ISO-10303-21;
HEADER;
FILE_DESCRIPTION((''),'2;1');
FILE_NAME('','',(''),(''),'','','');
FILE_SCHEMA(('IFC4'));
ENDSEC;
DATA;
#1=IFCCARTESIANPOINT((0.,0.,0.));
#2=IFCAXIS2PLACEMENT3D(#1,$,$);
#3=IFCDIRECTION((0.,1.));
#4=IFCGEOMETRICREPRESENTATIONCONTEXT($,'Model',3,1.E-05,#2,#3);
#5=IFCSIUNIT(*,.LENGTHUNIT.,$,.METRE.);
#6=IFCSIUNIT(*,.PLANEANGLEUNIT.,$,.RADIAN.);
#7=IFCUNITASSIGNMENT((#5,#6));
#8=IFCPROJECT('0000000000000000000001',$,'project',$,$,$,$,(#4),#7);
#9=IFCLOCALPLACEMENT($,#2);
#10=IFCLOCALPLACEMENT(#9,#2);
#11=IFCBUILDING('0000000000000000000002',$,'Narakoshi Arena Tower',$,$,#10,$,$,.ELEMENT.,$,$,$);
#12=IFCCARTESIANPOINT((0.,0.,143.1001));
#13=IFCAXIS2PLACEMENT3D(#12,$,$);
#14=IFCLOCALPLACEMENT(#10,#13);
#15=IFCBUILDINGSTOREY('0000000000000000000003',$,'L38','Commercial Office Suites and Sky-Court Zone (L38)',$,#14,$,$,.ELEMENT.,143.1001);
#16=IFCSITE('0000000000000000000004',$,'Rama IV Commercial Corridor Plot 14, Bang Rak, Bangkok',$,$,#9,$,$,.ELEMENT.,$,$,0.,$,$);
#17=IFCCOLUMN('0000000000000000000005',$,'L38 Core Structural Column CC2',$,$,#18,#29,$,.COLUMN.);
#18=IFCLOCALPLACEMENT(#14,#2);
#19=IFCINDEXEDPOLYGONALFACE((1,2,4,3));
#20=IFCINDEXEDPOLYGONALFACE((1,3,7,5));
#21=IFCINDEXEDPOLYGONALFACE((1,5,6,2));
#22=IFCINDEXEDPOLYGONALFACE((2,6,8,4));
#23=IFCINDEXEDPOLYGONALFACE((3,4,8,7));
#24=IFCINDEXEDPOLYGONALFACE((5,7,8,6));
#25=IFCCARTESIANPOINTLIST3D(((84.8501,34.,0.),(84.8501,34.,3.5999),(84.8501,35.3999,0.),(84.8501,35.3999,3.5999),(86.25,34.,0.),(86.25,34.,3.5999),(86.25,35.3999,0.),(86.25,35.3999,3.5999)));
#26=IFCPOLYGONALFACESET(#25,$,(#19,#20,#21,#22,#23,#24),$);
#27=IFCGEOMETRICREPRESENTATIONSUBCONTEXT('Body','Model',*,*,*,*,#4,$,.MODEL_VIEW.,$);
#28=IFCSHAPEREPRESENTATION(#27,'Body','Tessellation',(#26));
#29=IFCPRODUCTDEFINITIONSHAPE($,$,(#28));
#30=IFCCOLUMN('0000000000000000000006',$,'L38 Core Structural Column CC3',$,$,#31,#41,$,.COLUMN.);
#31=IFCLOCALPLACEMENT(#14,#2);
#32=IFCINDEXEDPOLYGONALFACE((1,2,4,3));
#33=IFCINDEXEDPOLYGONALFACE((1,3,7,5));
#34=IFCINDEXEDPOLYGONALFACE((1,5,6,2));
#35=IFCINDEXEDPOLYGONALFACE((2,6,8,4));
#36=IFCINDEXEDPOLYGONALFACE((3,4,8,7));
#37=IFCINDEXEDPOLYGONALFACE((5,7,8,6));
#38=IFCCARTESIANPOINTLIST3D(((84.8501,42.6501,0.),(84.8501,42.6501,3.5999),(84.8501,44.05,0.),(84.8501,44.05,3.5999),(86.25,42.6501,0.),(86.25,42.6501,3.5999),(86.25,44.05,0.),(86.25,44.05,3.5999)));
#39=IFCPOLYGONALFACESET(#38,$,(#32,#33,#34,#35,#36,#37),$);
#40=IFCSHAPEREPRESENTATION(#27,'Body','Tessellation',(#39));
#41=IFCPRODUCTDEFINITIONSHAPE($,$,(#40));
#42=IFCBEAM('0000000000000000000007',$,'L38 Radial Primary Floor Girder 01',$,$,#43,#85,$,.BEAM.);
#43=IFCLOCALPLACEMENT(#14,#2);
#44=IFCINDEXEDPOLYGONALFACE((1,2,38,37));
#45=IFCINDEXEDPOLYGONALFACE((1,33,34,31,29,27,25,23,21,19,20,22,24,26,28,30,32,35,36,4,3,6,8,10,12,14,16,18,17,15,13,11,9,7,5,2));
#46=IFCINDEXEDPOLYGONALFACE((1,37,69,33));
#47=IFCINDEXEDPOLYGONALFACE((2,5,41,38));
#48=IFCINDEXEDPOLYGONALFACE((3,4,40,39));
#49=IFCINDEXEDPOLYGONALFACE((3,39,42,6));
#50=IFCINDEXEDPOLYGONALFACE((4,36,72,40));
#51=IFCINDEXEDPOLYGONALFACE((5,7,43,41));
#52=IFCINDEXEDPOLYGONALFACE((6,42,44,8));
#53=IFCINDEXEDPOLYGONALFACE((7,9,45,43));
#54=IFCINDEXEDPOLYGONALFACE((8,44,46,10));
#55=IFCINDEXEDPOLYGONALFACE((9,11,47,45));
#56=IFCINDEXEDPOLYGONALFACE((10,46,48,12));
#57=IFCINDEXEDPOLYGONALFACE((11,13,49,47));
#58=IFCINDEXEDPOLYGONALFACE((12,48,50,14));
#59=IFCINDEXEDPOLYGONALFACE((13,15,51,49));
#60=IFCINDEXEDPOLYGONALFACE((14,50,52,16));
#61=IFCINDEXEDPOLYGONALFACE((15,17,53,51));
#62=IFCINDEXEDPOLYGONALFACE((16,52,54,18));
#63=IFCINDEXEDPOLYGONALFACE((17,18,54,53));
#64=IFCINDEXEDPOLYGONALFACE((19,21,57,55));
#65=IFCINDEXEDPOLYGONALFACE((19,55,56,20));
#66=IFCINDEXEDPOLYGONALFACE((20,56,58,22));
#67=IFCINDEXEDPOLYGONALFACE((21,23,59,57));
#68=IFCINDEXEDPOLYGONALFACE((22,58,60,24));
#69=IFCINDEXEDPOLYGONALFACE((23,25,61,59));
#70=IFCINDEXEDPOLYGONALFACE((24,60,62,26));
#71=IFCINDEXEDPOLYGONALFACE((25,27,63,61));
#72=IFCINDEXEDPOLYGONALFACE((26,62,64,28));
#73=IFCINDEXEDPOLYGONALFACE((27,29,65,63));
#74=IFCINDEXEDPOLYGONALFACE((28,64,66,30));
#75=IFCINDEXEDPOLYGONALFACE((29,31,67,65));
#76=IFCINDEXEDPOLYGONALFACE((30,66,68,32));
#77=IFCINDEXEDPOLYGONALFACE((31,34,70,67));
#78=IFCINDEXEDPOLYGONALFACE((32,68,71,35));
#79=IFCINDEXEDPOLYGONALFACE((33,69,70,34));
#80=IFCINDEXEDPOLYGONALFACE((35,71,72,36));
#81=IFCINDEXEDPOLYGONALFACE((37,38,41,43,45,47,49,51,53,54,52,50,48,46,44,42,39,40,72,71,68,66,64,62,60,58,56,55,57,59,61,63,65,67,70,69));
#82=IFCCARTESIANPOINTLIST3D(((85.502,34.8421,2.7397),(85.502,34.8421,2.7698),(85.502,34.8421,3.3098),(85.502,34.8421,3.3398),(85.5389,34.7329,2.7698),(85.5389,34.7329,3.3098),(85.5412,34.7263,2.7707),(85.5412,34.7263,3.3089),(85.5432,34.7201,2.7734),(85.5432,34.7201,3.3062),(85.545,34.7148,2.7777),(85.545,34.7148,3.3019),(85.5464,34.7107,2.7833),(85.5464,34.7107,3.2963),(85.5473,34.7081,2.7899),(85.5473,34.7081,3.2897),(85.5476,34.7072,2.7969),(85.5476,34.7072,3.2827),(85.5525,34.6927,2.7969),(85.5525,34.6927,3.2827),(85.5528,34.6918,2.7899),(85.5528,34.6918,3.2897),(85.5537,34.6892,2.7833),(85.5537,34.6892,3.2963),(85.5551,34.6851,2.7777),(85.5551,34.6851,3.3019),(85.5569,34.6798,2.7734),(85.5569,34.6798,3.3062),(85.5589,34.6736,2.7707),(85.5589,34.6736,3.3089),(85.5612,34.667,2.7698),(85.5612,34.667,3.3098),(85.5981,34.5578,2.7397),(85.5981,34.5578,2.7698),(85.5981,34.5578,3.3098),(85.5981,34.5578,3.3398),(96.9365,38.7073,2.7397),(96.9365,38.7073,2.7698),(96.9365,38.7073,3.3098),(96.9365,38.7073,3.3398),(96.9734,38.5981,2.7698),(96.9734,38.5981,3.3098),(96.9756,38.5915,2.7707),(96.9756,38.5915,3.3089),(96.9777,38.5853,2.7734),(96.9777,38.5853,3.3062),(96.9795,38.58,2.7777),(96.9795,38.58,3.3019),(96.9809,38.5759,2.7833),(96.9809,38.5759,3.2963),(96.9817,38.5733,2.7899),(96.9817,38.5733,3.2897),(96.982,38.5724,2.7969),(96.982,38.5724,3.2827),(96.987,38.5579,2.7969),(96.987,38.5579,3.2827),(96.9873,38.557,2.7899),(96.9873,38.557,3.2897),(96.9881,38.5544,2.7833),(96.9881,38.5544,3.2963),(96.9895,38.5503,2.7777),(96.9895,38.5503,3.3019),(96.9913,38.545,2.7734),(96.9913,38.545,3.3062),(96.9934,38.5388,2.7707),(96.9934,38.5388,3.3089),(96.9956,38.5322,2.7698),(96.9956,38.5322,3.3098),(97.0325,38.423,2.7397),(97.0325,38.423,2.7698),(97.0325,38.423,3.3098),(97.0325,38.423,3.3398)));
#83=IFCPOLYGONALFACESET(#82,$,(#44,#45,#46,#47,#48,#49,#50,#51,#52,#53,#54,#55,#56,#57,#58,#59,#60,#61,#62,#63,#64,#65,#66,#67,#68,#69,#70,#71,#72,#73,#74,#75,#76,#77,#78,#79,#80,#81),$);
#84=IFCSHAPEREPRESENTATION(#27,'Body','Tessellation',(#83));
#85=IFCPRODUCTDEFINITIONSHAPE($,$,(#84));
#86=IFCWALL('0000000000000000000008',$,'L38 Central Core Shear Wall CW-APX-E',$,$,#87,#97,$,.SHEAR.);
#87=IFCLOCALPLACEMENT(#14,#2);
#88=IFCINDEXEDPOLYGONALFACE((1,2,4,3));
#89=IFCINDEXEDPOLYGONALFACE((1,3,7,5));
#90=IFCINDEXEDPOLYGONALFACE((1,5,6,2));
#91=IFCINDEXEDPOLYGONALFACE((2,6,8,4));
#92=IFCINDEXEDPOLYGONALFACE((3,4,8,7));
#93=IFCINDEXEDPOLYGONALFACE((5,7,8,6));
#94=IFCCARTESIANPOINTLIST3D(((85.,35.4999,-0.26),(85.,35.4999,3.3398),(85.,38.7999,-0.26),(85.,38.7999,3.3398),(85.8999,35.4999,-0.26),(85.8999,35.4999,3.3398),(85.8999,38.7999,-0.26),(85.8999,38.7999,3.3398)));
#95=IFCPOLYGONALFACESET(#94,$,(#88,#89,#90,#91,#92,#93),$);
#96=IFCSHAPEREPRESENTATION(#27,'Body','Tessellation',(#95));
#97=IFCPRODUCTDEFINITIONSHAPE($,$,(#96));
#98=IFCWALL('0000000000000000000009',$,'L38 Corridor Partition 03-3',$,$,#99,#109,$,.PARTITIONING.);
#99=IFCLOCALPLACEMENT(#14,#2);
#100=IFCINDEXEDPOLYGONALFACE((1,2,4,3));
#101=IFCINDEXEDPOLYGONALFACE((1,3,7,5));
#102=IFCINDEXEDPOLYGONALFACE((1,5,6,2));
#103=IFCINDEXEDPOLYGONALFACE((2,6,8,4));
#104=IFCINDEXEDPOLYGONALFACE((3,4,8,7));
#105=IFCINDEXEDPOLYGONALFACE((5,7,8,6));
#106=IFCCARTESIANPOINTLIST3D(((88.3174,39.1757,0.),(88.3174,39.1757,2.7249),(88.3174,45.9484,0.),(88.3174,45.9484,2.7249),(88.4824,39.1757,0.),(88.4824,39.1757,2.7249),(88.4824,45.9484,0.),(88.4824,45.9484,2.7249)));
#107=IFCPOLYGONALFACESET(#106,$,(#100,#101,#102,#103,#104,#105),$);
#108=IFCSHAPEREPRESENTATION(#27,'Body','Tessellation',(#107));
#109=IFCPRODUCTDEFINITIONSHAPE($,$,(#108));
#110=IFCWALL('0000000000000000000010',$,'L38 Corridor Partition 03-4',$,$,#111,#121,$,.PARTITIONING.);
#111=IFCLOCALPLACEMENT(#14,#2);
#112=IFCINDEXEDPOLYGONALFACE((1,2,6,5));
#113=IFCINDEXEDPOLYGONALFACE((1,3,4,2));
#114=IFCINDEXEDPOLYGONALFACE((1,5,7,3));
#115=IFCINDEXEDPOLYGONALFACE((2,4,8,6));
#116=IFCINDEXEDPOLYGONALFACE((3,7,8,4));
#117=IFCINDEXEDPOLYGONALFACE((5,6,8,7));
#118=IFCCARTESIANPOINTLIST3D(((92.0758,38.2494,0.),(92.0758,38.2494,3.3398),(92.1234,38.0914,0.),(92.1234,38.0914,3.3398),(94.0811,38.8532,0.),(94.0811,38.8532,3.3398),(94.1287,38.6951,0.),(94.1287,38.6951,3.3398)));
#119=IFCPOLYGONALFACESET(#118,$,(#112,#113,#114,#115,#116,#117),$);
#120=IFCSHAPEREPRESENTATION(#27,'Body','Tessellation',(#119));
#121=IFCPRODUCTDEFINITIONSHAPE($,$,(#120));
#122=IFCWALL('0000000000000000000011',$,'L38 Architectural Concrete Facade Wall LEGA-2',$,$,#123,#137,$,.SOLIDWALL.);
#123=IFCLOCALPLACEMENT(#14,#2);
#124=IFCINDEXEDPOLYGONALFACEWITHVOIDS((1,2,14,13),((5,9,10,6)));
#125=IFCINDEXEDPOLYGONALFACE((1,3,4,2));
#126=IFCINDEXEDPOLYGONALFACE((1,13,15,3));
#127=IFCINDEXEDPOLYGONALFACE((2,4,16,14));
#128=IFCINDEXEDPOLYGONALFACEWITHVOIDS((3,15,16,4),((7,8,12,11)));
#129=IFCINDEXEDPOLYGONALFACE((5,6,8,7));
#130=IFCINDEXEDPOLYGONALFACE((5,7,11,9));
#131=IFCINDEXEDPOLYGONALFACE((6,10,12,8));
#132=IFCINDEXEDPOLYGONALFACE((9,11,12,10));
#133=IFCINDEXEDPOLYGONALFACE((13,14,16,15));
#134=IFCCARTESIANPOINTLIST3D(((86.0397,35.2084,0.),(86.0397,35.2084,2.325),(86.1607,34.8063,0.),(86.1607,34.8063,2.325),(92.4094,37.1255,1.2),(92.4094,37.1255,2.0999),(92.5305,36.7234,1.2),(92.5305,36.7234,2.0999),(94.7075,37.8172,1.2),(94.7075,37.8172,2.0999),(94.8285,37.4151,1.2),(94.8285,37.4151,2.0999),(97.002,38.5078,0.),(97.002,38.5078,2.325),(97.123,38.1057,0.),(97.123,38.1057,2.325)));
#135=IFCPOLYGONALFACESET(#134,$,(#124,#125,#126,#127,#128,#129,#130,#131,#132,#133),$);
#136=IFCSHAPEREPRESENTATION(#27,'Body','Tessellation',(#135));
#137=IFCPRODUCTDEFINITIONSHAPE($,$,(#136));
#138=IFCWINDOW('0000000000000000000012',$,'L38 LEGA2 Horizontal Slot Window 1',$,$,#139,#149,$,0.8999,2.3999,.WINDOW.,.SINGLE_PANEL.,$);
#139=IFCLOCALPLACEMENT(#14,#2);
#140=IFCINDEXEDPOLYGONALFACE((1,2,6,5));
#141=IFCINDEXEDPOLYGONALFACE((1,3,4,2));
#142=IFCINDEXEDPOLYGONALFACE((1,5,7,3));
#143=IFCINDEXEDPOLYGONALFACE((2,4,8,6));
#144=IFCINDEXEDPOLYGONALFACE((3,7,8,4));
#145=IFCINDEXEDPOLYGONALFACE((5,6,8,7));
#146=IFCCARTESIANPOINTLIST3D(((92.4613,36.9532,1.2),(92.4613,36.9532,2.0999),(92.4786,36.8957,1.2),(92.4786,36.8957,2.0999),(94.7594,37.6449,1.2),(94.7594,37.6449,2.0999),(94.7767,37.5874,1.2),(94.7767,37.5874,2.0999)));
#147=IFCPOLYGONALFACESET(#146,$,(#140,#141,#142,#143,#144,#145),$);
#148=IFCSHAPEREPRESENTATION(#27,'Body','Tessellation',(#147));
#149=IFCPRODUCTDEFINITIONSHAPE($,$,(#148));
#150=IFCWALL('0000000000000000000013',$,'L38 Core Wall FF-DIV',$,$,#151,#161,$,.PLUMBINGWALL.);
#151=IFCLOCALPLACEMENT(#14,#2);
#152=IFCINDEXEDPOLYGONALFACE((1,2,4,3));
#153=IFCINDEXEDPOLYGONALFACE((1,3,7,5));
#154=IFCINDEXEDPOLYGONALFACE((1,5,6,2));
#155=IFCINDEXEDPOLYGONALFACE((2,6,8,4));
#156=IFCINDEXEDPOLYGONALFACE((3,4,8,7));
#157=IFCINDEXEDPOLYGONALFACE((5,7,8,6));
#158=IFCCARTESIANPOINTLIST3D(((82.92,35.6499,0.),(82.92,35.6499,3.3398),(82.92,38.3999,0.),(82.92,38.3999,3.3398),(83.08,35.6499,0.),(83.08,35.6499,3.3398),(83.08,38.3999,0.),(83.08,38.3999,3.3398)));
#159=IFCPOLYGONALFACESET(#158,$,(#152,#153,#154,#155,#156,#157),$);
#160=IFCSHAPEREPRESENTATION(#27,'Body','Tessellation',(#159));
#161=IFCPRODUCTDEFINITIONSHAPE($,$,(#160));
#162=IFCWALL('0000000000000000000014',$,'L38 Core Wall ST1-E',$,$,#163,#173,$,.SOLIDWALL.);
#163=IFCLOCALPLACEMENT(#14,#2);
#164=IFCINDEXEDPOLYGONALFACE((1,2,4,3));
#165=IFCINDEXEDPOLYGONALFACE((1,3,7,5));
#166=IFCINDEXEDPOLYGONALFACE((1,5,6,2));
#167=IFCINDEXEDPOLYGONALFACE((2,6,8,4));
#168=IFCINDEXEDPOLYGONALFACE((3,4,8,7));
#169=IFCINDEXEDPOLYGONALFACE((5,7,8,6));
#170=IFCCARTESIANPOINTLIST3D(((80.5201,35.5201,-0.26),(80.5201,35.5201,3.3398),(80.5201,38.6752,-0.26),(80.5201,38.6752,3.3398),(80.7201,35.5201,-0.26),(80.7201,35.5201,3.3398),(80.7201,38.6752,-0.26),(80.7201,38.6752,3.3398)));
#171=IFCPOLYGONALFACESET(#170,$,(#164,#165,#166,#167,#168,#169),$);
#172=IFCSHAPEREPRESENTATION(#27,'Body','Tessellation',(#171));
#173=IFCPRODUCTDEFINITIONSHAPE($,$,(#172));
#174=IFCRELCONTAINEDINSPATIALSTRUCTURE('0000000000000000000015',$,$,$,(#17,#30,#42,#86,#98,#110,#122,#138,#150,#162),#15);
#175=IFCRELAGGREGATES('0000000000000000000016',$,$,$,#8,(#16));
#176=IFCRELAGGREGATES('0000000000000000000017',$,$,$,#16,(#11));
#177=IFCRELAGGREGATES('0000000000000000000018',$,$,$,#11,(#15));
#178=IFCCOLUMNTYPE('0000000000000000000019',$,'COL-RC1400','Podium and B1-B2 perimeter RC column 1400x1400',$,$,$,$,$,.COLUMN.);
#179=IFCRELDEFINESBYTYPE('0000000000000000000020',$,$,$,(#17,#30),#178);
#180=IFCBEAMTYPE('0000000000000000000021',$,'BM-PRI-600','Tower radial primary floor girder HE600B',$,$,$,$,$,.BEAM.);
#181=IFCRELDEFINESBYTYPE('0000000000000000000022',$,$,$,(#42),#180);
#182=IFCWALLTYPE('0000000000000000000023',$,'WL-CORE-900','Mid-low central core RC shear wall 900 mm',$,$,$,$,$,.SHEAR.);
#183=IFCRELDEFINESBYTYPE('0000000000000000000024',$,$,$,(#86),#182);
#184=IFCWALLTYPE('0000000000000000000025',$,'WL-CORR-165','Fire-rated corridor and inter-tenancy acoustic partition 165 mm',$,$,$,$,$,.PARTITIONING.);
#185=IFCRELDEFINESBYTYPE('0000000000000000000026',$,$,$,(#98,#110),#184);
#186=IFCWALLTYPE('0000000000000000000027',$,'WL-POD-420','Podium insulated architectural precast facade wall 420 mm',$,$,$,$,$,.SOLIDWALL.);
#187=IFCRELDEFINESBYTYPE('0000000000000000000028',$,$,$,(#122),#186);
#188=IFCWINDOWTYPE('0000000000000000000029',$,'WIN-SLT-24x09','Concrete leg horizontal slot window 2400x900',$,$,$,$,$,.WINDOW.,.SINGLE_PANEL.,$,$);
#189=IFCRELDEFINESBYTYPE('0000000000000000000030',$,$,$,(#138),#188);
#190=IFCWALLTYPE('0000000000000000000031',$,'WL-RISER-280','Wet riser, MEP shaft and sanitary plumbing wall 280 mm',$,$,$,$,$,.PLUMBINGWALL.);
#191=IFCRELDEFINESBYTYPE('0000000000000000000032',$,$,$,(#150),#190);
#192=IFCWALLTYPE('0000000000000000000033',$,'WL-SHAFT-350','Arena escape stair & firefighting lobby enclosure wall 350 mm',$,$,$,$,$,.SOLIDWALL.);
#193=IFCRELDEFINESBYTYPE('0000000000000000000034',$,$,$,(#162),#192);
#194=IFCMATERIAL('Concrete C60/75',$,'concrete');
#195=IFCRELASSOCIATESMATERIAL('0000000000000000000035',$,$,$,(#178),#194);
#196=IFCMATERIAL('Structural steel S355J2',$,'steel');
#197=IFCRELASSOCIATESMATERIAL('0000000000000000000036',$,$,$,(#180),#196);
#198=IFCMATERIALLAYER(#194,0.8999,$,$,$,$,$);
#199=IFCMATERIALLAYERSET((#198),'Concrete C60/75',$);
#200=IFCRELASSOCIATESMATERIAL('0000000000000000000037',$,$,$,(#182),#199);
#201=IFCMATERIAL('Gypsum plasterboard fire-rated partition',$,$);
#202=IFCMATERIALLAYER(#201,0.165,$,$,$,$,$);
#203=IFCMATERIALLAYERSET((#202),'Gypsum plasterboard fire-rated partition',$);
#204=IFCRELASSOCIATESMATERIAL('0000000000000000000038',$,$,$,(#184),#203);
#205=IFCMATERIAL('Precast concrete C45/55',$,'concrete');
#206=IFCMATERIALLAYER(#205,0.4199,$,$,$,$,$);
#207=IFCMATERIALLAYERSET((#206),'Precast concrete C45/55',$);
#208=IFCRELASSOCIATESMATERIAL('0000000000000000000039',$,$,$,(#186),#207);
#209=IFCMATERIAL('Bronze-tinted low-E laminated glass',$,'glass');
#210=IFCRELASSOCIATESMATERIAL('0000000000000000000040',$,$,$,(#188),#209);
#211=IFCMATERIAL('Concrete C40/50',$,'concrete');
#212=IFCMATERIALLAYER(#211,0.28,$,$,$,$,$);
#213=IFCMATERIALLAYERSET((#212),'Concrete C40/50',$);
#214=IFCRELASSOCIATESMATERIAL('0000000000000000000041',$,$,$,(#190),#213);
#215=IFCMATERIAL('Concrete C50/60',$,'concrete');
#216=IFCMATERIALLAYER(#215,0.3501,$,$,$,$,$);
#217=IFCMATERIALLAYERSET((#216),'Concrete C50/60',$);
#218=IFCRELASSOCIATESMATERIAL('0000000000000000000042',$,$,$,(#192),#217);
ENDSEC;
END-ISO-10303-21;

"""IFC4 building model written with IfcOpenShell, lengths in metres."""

from ifc_helpers import new_model, si_unit, direction, frame, frame_2d, origin, origin_2d, place, context, subcontext, project, spatial, rectangle, i_section, extrude, material, layer, layer_set, material_profile, profile_set, type_object, element, fill, save


model = new_model("IFC4")

# Units and contexts
model_context = context("Model", 3, precision=1e-05, world=origin(), true_north=direction((0.0, 1.0)))
body_context = subcontext(model_context, "Body", "Model", "MODEL_VIEW")
ifc_project = project(units=[si_unit("LENGTHUNIT", "METRE"), si_unit("PLANEANGLEUNIT", "RADIAN")], contexts=[model_context])

# Site, building, storey
site_placement = place(None, origin())
site = spatial("IfcSite", under=ifc_project, at=site_placement, Name="Rama IV Commercial Corridor Plot 14, Bang Rak, Bangkok", CompositionType="ELEMENT", RefElevation=0.0)
building_placement = place(site_placement, origin())
building = spatial("IfcBuilding", under=site, at=building_placement, Name="Narakoshi Arena Tower", CompositionType="ELEMENT")
storey_placement = place(building_placement, frame((0.0, 0.0, 143.1001)))
storey = spatial("IfcBuildingStorey", under=building, at=storey_placement, Name="L38", Description="Commercial Office Suites and Sky-Court Zone (L38)", CompositionType="ELEMENT", Elevation=143.1001)

# Columns
ifc_material_1 = material(Name="Concrete C60/75", Category="concrete")
ifc_material_profile_1 = material_profile(ifc_material_1, rectangle(XDim=1.3999, YDim=1.3999, at=origin_2d()), Name="RC1400x1400")
ifc_profile_set_1 = profile_set([ifc_material_profile_1], Name="Concrete C60/75")
column_type = type_object("IfcColumnType", Name="COL-RC1400", Description="Podium and B1-B2 perimeter RC column 1400x1400", PredefinedType="COLUMN", material=ifc_profile_set_1)
for number, where, z_axis, x_axis, name in (
    (1, (85.55, 34.7, 0.0), (0.0, 0.0, 1.0), (1.0, 0.0, 0.0), "L38 Core Structural Column CC2"),
    (2, (85.55, 43.3501, 0.0), (0.0, 0.0, 1.0), (1.0, 0.0, 0.0), "L38 Core Structural Column CC3"),
):
    element("IfcColumn", number, at=place(storey_placement, frame(where, z_axis=z_axis, x_axis=x_axis)), inside=storey, type_object=column_type, Name=name, PredefinedType="COLUMN", context=body_context, shape_type="SweptSolid", body=[
        extrude(rectangle(XDim=1.3999, YDim=1.3999, at=origin_2d()), origin(), (0.0, 0.0, 1.0), 3.5999),
    ])

# Beam
ifc_material_2 = material(Name="Structural steel S355J2", Category="steel")
ifc_material_profile_2 = material_profile(ifc_material_2, i_section(OverallWidth=0.3, OverallDepth=0.6001, WebThickness=0.0154, FlangeThickness=0.03, FilletRadius=0.0271, at=origin_2d()), Name="HE600B")
ifc_profile_set_2 = profile_set([ifc_material_profile_2], Name="Structural steel S355J2")
beam_type = type_object("IfcBeamType", Name="BM-PRI-600", Description="Tower radial primary floor girder HE600B", PredefinedType="BEAM", material=ifc_profile_set_2)
beam_placement = place(storey_placement, frame((85.55, 34.7, 3.0398), z_axis=(0.94734, 0.32023, 0.0), x_axis=(-0.32023, 0.94734, 0.0)))
element("IfcBeam", 3, at=beam_placement, inside=storey, type_object=beam_type, Name="L38 Radial Primary Floor Girder 01", PredefinedType="BEAM", context=body_context, shape_type="SweptSolid", body=[
    extrude(i_section(OverallWidth=0.3, OverallDepth=0.6001, WebThickness=0.0154, FlangeThickness=0.03, FilletRadius=0.0271, at=origin_2d()), origin(), (0.0, 0.0, 1.0), 12.0701),
])

# Walls
ifc_layer_1 = layer(ifc_material_1, 0.8999)
ifc_layer_set_1 = layer_set([ifc_layer_1], Name="Concrete C60/75")
wall_type_1 = type_object("IfcWallType", Name="WL-CORE-900", Description="Mid-low central core RC shear wall 900 mm", PredefinedType="SHEAR", material=ifc_layer_set_1)
wall_1_placement = place(storey_placement, frame((85.45, 35.5, -0.26), z_axis=(0.0, 0.0, 1.0), x_axis=(0.0, 1.0, 0.0)))
element("IfcWall", 4, at=wall_1_placement, inside=storey, type_object=wall_type_1, Name="L38 Central Core Shear Wall CW-APX-E", PredefinedType="SHEAR", context=body_context, shape_type="SweptSolid", body=[
    extrude(rectangle(XDim=3.3, YDim=0.8999, at=frame_2d((1.6499, 0.0))), origin(), (0.0, 0.0, 1.0), 3.5999),
])
ifc_material_3 = material(Name="Gypsum plasterboard fire-rated partition")
ifc_layer_2 = layer(ifc_material_3, 0.165)
ifc_layer_set_2 = layer_set([ifc_layer_2], Name="Gypsum plasterboard fire-rated partition")
wall_type_2 = type_object("IfcWallType", Name="WL-CORR-165", Description="Fire-rated corridor and inter-tenancy acoustic partition 165 mm", PredefinedType="PARTITIONING", material=ifc_layer_set_2)
wall_2_placement = place(storey_placement, frame((88.3999, 39.1758, 0.0), z_axis=(0.0, 0.0, 1.0), x_axis=(0.0, 1.0, 0.0)))
element("IfcWall", 5, at=wall_2_placement, inside=storey, type_object=wall_type_2, Name="L38 Corridor Partition 03-3", PredefinedType="PARTITIONING", context=body_context, shape_type="SweptSolid", body=[
    extrude(rectangle(XDim=6.7727, YDim=0.165, at=frame_2d((3.3862, 0.0))), origin(), (0.0, 0.0, 1.0), 2.7249),
])
wall_3_placement = place(storey_placement, frame((92.0996, 38.1704, 0.0), z_axis=(0.0, 0.0, 1.0), x_axis=(0.957543, 0.288289, 0.0)))
element("IfcWall", 6, at=wall_3_placement, inside=storey, type_object=wall_type_2, Name="L38 Corridor Partition 03-4", PredefinedType="PARTITIONING", context=body_context, shape_type="SweptSolid", body=[
    extrude(rectangle(XDim=2.0942, YDim=0.165, at=frame_2d((1.0471, 0.0))), origin(), (0.0, 0.0, 1.0), 3.3398),
])

# Wall, opening, window
ifc_material_4 = material(Name="Precast concrete C45/55", Category="concrete")
ifc_layer_3 = layer(ifc_material_4, 0.4199)
ifc_layer_set_3 = layer_set([ifc_layer_3], Name="Precast concrete C45/55")
wall_type_3 = type_object("IfcWallType", Name="WL-POD-420", Description="Podium insulated architectural precast facade wall 420 mm", PredefinedType="SOLIDWALL", material=ifc_layer_set_3)
wall_4_placement = place(storey_placement, frame((86.1001, 35.0073, 0.0), z_axis=(0.0, 0.0, 1.0), x_axis=(0.957569, 0.288203, 0.0)))
wall_4 = element("IfcWall", 7, at=wall_4_placement, inside=storey, type_object=wall_type_3, Name="L38 Architectural Concrete Facade Wall LEGA-2", PredefinedType="SOLIDWALL", context=body_context, shape_type="SweptSolid", body=[
    extrude(rectangle(XDim=11.448, YDim=0.4199, at=frame_2d((5.7241, 0.0))), origin(), (0.0, 0.0, 1.0), 2.325),
])
opening_1_placement = place(wall_4_placement, frame((6.6521, 0.0, 1.2)))
opening_1 = element("IfcOpeningElement", 8, at=opening_1_placement, cuts=wall_4, PredefinedType="OPENING", context=body_context, shape_type="SweptSolid", body=[
    extrude(rectangle(XDim=2.3999, YDim=0.8999, at=frame_2d((1.2, 0.45))), frame((0.0, 0.22, 0.0), z_axis=(0.0, -1.0, 0.0), x_axis=(1.0, 0.0, 0.0)), (0.0, 0.0, 1.0), 0.4399),
])
ifc_material_5 = material(Name="Bronze-tinted low-E laminated glass", Category="glass")
window_type = type_object("IfcWindowType", Name="WIN-SLT-24x09", Description="Concrete leg horizontal slot window 2400x900", PartitioningType="SINGLE_PANEL", PredefinedType="WINDOW", material=ifc_material_5)
window_placement = place(opening_1_placement, origin())
window = element("IfcWindow", 9, at=window_placement, inside=storey, type_object=window_type, Name="L38 LEGA2 Horizontal Slot Window 1", OverallHeight=0.8999, OverallWidth=2.3999, PartitioningType="SINGLE_PANEL", PredefinedType="WINDOW", context=body_context, shape_type="SweptSolid", body=[
    extrude(rectangle(XDim=2.3999, YDim=0.8999, at=frame_2d((1.2, 0.45))), frame((0.0, 0.03, 0.0), z_axis=(0.0, -1.0, 0.0), x_axis=(1.0, 0.0, 0.0)), (0.0, 0.0, 1.0), 0.0601),
])
fill(opening_1, window)

# Walls
ifc_material_6 = material(Name="Concrete C40/50", Category="concrete")
ifc_layer_4 = layer(ifc_material_6, 0.28)
ifc_layer_set_4 = layer_set([ifc_layer_4], Name="Concrete C40/50")
wall_type_4 = type_object("IfcWallType", Name="WL-RISER-280", Description="Wet riser, MEP shaft and sanitary plumbing wall 280 mm", PredefinedType="PLUMBINGWALL", material=ifc_layer_set_4)
wall_5_placement = place(storey_placement, frame((83.0, 35.6499, 0.0), z_axis=(0.0, 0.0, 1.0), x_axis=(0.0, 1.0, 0.0)))
element("IfcWall", 10, at=wall_5_placement, inside=storey, type_object=wall_type_4, Name="L38 Core Wall FF-DIV", PredefinedType="PLUMBINGWALL", context=body_context, shape_type="SweptSolid", body=[
    extrude(rectangle(XDim=2.75, YDim=0.1599, at=frame_2d((1.375, 0.0))), origin(), (0.0, 0.0, 1.0), 3.3398),
])
ifc_material_7 = material(Name="Concrete C50/60", Category="concrete")
ifc_layer_5 = layer(ifc_material_7, 0.3501)
ifc_layer_set_5 = layer_set([ifc_layer_5], Name="Concrete C50/60")
wall_type_5 = type_object("IfcWallType", Name="WL-SHAFT-350", Description="Arena escape stair & firefighting lobby enclosure wall 350 mm", PredefinedType="SOLIDWALL", material=ifc_layer_set_5)
wall_6_placement = place(storey_placement, frame((80.6201, 35.52, -0.26), z_axis=(0.0, 0.0, 1.0), x_axis=(0.0, 1.0, 0.0)))
element("IfcWall", 11, at=wall_6_placement, inside=storey, type_object=wall_type_5, Name="L38 Core Wall ST1-E", PredefinedType="SOLIDWALL", context=body_context, shape_type="SweptSolid", body=[
    extrude(rectangle(XDim=3.155, YDim=0.2, at=frame_2d((1.5776, 0.0))), origin(), (0.0, 0.0, 1.0), 3.5999),
])

save(model, "model.ifc")
